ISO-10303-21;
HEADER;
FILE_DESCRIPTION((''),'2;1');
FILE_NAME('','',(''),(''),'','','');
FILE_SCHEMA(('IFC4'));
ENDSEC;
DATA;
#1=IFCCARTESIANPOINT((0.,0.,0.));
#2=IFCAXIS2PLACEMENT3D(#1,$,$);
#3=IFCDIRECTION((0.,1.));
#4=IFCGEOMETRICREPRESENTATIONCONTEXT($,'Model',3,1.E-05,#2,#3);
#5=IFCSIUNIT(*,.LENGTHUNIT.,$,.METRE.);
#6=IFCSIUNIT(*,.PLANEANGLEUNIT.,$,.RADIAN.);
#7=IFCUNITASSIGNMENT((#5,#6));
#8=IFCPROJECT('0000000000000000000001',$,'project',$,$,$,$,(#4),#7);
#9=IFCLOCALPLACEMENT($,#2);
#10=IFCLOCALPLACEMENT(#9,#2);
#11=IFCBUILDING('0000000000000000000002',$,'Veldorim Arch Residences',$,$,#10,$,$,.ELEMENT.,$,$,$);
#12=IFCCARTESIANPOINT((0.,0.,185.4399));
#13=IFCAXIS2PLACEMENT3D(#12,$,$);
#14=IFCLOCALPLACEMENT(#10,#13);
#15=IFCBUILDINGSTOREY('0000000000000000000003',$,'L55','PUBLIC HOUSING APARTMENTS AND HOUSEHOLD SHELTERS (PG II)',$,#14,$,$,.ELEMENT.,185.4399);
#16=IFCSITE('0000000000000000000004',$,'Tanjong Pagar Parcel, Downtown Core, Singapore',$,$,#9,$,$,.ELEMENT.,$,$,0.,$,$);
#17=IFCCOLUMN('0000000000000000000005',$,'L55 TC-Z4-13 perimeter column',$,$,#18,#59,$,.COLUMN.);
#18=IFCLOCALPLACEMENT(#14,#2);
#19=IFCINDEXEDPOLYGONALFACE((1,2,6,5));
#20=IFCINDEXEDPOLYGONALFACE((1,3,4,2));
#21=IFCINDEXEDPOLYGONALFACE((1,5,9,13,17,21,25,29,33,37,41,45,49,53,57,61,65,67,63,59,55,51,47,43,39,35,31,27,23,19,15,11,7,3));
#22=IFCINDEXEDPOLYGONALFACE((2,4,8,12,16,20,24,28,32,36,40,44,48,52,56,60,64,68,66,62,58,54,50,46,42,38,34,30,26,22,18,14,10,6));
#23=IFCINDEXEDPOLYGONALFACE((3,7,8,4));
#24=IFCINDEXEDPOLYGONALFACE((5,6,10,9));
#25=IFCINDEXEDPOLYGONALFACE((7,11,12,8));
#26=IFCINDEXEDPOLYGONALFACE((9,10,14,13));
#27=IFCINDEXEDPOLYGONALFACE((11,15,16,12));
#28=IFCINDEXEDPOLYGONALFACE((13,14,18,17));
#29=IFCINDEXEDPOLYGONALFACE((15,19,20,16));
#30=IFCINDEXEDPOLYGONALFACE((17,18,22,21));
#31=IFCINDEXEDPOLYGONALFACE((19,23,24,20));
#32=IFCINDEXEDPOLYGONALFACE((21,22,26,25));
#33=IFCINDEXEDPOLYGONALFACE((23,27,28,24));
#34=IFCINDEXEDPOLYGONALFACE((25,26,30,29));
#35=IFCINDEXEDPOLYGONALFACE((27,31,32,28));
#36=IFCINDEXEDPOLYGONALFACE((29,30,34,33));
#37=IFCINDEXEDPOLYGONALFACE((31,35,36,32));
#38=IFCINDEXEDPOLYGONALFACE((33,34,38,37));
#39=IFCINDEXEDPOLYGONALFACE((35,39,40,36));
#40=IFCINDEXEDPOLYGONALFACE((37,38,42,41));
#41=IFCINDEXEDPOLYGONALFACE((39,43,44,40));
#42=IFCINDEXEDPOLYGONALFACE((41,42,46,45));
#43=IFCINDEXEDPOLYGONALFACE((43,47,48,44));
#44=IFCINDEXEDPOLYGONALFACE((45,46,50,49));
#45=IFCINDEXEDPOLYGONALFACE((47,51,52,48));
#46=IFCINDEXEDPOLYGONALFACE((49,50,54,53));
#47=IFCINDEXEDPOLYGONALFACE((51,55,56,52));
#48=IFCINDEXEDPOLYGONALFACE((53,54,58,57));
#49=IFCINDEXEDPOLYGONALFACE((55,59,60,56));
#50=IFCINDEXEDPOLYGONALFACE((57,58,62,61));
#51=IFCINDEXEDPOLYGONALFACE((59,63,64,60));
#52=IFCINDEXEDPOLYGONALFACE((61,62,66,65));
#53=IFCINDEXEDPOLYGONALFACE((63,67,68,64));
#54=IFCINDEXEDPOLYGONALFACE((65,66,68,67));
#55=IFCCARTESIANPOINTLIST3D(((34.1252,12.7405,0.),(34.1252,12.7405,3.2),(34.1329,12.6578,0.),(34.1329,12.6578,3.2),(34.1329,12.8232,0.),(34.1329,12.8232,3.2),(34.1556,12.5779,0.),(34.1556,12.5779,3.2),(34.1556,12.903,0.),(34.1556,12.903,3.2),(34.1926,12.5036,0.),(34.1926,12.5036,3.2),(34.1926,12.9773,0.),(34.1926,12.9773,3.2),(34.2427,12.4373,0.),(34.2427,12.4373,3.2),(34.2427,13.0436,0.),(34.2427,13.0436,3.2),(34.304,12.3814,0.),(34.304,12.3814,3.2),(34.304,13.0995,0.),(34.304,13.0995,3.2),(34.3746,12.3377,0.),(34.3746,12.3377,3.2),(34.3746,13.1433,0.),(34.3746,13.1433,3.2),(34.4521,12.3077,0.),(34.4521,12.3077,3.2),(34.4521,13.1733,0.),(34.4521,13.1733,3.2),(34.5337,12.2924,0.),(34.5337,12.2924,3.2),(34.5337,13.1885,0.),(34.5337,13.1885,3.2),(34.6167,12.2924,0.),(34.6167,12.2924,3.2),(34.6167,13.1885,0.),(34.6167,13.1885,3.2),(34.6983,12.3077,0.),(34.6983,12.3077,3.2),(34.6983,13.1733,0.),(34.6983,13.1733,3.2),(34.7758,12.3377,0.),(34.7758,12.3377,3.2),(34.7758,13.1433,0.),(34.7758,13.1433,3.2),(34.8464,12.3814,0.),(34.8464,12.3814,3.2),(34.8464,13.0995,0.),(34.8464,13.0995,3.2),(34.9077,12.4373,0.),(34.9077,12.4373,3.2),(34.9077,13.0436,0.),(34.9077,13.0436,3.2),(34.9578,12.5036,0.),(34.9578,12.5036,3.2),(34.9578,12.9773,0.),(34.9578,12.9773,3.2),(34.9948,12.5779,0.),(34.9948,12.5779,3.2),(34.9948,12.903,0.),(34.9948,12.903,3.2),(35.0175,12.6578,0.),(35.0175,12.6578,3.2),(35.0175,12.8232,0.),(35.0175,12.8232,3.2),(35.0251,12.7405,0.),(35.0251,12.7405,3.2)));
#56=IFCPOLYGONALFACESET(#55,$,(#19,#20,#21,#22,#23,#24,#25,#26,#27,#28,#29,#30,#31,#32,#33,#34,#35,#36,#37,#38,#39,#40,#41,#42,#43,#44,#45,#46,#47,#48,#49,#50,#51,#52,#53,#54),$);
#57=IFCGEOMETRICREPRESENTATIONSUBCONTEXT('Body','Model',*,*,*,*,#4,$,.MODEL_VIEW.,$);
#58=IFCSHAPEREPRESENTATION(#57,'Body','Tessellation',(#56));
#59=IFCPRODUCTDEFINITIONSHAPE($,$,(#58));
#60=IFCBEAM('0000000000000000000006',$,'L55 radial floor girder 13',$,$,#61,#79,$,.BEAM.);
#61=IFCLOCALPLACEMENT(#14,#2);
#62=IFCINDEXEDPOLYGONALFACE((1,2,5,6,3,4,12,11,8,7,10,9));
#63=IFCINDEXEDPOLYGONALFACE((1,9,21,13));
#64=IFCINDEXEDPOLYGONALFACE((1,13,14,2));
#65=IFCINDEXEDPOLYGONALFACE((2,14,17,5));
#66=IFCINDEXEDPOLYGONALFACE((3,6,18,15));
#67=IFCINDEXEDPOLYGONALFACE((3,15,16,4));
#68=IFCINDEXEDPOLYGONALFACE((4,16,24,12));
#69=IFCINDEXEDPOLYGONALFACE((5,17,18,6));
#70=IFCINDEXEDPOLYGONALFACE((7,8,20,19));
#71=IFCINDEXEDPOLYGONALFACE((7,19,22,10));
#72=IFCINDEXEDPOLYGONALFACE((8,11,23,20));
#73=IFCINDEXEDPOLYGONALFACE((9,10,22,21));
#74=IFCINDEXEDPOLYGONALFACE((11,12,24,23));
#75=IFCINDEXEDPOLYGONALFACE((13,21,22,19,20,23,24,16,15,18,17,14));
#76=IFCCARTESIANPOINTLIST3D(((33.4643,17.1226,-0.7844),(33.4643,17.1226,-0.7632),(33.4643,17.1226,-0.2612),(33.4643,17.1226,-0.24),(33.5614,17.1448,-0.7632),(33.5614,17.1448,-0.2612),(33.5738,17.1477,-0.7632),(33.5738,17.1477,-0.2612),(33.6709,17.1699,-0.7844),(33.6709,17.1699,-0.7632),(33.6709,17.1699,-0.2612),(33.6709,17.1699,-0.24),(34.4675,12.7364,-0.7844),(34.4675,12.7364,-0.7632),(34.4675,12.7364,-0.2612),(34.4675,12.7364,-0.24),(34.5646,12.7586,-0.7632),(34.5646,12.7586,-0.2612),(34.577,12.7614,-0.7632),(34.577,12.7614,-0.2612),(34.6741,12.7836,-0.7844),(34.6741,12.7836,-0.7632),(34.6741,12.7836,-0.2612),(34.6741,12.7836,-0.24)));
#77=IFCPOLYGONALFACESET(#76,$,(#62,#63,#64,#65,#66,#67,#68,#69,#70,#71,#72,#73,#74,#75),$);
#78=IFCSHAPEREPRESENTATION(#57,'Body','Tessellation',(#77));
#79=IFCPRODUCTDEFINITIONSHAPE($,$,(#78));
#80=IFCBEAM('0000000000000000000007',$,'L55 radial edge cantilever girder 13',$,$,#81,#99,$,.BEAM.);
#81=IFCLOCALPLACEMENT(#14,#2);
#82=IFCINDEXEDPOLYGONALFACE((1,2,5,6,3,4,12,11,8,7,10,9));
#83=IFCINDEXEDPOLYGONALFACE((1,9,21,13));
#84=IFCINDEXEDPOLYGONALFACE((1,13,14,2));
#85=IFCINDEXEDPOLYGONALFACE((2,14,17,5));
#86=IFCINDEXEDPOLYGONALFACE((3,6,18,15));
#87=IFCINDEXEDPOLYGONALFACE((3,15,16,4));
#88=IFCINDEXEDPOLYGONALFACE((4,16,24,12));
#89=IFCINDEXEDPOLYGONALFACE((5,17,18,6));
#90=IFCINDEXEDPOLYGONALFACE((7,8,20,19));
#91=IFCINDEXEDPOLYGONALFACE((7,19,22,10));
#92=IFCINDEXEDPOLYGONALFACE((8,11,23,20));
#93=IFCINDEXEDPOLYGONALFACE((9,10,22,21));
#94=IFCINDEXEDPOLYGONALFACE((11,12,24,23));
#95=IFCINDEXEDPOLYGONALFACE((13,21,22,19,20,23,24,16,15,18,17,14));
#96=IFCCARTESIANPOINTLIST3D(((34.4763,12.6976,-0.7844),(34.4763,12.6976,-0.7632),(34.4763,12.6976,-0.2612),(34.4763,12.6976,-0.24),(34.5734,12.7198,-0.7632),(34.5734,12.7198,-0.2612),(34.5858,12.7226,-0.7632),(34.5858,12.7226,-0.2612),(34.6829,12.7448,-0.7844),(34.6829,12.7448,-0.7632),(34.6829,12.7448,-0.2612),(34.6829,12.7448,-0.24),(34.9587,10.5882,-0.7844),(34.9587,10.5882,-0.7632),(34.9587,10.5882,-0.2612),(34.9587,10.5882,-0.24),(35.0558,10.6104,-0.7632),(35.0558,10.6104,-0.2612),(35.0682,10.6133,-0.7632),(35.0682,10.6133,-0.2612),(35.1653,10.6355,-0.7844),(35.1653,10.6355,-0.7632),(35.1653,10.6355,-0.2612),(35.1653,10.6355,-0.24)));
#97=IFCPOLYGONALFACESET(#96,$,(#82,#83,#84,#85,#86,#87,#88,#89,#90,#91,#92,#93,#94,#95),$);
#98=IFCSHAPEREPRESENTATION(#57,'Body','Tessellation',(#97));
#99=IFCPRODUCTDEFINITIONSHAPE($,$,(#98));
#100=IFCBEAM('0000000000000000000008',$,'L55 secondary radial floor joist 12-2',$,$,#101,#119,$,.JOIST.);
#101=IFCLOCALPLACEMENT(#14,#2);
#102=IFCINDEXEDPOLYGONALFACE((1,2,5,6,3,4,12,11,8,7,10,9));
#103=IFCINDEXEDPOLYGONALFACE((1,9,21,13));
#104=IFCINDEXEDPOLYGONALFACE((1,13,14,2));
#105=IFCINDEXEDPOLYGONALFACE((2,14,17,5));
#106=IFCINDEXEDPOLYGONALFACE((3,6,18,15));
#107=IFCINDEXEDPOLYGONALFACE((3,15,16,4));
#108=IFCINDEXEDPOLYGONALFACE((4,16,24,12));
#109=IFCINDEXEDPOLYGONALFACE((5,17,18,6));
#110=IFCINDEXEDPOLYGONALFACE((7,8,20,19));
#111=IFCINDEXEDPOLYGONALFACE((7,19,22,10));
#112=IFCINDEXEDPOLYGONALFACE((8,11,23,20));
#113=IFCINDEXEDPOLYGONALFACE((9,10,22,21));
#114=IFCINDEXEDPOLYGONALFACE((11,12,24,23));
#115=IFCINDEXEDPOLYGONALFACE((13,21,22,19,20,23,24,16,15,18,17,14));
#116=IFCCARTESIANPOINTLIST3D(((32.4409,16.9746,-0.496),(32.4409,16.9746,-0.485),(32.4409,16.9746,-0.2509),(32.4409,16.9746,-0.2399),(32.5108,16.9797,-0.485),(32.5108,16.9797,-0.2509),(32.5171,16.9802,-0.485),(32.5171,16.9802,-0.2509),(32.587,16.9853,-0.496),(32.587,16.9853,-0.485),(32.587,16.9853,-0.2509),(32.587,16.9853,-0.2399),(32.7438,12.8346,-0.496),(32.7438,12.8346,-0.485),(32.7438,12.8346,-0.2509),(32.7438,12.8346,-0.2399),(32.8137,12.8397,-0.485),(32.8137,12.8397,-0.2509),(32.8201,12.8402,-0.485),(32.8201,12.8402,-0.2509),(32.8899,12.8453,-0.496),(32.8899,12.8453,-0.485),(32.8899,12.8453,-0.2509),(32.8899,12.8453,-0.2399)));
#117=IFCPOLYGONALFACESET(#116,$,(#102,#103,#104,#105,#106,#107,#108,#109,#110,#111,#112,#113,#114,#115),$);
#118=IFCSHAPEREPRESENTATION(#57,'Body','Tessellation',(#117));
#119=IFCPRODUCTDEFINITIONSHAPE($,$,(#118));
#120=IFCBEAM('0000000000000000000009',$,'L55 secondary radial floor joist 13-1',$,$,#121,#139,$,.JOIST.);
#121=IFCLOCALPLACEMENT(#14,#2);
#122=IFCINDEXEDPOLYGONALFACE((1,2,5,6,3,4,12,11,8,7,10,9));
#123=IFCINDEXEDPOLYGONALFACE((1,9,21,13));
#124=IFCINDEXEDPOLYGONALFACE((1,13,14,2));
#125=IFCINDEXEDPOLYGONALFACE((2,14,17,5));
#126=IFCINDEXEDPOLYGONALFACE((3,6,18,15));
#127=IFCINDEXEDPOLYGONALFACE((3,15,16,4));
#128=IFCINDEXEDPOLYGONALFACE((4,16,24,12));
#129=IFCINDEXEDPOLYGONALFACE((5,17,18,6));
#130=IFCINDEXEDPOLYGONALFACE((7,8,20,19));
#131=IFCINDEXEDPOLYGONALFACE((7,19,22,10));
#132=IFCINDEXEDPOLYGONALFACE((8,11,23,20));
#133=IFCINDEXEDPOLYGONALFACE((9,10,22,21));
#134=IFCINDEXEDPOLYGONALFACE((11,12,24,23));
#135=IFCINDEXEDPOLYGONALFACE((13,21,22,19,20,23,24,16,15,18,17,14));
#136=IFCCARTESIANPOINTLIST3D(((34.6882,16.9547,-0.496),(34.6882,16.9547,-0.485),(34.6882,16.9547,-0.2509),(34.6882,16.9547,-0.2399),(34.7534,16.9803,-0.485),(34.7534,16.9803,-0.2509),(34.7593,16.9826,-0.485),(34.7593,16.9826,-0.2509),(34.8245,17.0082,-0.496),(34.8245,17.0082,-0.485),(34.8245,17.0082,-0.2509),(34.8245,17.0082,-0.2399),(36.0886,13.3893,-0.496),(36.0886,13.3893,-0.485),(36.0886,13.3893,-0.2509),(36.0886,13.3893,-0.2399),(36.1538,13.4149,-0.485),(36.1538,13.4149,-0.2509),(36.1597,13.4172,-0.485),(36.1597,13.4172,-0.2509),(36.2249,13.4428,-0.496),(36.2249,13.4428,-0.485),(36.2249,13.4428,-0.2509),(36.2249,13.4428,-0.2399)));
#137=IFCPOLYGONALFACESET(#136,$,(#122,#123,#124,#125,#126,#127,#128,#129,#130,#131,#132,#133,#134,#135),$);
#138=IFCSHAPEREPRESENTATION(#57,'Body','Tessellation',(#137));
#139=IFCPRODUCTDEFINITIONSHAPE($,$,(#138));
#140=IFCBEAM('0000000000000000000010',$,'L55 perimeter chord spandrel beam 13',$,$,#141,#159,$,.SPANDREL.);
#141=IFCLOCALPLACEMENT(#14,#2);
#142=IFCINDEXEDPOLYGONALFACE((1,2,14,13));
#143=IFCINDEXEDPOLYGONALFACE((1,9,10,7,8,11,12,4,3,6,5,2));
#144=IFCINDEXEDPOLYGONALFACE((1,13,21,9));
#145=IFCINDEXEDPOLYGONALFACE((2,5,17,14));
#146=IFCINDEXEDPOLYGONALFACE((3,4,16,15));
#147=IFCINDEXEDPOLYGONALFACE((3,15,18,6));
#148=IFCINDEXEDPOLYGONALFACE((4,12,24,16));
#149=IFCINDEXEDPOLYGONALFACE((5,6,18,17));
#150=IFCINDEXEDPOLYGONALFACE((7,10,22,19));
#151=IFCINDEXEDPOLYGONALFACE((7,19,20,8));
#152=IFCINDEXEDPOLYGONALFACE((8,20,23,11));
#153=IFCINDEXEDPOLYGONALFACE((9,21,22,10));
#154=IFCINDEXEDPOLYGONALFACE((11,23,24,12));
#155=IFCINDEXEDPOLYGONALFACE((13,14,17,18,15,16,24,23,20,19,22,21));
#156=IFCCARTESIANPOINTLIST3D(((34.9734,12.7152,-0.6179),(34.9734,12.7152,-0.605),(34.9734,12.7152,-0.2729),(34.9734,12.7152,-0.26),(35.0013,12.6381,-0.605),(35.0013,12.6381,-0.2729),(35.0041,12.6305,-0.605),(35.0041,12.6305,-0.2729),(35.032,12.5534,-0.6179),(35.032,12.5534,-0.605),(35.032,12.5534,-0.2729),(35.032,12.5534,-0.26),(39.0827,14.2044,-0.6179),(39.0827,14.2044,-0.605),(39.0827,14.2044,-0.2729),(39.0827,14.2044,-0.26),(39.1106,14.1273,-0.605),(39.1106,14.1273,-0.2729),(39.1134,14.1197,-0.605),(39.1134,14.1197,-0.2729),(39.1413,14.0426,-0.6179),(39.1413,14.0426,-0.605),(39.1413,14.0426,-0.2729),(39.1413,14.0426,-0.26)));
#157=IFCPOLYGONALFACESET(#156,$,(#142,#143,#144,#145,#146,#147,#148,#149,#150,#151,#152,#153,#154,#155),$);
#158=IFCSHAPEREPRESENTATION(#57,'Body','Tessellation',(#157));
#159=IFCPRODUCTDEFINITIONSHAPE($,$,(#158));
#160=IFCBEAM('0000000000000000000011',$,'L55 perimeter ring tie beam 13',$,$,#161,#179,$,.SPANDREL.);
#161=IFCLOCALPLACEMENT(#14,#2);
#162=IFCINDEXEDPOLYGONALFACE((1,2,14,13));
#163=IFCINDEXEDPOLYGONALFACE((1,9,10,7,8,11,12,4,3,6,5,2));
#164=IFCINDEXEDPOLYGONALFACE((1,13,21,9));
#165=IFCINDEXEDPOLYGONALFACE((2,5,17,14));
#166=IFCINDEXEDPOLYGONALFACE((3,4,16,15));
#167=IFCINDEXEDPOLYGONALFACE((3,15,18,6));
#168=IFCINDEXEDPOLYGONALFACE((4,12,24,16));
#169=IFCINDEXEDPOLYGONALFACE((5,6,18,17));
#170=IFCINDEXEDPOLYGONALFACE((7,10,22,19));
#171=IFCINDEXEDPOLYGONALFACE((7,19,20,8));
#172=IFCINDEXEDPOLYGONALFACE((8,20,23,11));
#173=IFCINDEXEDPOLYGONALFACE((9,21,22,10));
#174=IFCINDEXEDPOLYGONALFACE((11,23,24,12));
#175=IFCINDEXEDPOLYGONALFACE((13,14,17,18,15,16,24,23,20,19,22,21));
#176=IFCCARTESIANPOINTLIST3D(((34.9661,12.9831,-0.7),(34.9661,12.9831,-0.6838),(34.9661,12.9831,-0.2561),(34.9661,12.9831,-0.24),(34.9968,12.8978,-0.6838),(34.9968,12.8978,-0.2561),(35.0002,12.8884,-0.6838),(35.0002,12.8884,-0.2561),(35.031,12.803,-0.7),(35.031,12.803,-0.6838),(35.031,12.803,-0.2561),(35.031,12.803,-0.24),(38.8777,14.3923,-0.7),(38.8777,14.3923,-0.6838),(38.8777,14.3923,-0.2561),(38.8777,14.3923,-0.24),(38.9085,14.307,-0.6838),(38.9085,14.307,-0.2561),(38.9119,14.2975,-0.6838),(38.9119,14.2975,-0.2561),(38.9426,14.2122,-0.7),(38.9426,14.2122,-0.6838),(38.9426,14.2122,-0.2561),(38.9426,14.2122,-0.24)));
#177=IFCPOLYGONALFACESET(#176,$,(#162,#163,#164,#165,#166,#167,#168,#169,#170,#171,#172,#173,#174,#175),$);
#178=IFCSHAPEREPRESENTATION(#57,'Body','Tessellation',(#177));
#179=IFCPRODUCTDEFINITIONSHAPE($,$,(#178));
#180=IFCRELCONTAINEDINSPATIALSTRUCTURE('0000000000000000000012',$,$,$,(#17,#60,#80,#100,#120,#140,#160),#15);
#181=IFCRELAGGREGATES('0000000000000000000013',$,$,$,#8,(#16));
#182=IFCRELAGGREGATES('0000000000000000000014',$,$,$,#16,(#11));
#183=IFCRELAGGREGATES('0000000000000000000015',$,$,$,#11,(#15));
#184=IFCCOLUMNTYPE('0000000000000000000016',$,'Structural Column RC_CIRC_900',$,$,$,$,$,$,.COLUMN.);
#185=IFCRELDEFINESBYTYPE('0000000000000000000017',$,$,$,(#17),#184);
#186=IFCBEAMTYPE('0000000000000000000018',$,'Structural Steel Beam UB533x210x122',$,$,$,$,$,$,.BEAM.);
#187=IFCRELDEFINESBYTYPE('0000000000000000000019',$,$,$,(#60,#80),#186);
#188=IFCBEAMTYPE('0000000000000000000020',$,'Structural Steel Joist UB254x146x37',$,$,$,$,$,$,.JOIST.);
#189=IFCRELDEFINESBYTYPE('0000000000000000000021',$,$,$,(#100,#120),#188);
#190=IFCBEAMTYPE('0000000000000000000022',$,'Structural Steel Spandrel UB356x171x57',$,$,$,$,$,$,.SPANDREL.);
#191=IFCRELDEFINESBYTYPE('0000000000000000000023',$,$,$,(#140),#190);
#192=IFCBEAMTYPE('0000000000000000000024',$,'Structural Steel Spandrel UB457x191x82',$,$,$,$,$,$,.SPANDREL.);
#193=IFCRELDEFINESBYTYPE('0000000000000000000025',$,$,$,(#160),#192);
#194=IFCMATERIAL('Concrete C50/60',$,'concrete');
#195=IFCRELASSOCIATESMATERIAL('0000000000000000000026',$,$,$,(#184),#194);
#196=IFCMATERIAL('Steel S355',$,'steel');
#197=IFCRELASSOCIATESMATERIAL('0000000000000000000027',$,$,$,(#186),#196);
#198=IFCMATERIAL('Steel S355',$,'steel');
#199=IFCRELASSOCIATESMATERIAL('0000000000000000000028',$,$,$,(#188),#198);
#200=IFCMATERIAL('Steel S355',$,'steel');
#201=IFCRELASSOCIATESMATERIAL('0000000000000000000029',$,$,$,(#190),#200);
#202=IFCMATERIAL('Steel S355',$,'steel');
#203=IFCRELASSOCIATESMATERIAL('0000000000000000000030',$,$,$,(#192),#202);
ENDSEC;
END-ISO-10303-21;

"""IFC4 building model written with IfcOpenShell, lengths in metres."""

from ifc_helpers import new_model, si_unit, direction, frame, origin, origin_2d, place, context, subcontext, project, spatial, circle, i_section, extrude, material, material_profile, profile_set, type_object, element, save


model = new_model("IFC4")

# Units and contexts
model_context = context("Model", 3, precision=1e-05, world=origin(), true_north=direction((0.0, 1.0)))
body_context = subcontext(model_context, "Body", "Model", "MODEL_VIEW")
ifc_project = project(units=[si_unit("LENGTHUNIT", "METRE"), si_unit("PLANEANGLEUNIT", "RADIAN")], contexts=[model_context])

# Site, building, storey
site_placement = place(None, origin())
site = spatial("IfcSite", under=ifc_project, at=site_placement, Name="Tanjong Pagar Parcel, Downtown Core, Singapore", CompositionType="ELEMENT", RefElevation=0.0)
building_placement = place(site_placement, origin())
building = spatial("IfcBuilding", under=site, at=building_placement, Name="Veldorim Arch Residences", CompositionType="ELEMENT")
storey_placement = place(building_placement, frame((0.0, 0.0, 185.4399)))
storey = spatial("IfcBuildingStorey", under=building, at=storey_placement, Name="L55", Description="PUBLIC HOUSING APARTMENTS AND HOUSEHOLD SHELTERS (PG II)", CompositionType="ELEMENT", Elevation=185.4399)

# Column
ifc_material_1 = material(Name="Concrete C50/60", Category="concrete")
ifc_material_profile_1 = material_profile(ifc_material_1, circle(Radius=0.45, at=origin_2d()), Name="RC_CIRC_900")
ifc_profile_set_1 = profile_set([ifc_material_profile_1], Name="Concrete C50/60")
column_type = type_object("IfcColumnType", Name="Structural Column RC_CIRC_900", PredefinedType="COLUMN", material=ifc_profile_set_1)
column_placement = place(storey_placement, frame((34.5752, 12.7405, 0.0), z_axis=(0.0, 0.0, 1.0), x_axis=(1.0, 0.0, 0.0)))
element("IfcColumn", 1, at=column_placement, inside=storey, type_object=column_type, Name="L55 TC-Z4-13 perimeter column", PredefinedType="COLUMN", context=body_context, shape_type="SweptSolid", body=[
    extrude(circle(Radius=0.45, at=origin_2d()), origin(), (0.0, 0.0, 1.0), 3.2),
])

# Beams
ifc_material_2 = material(Name="Steel S355", Category="steel")
ifc_material_profile_2 = material_profile(ifc_material_2, i_section(OverallWidth=0.2119, OverallDepth=0.5444, WebThickness=0.0127, FlangeThickness=0.0212, at=origin_2d()), Name="UB533x210x122")
ifc_profile_set_2 = profile_set([ifc_material_profile_2], Name="Steel S355")
beam_type_1 = type_object("IfcBeamType", Name="Structural Steel Beam UB533x210x122", PredefinedType="BEAM", material=ifc_profile_set_2)
beam_1_placement = place(storey_placement, frame((33.5676, 17.1462, -0.5122), z_axis=(0.222953, -0.974829, 0.0), x_axis=(0.974829, 0.222953, 0.0)))
element("IfcBeam", 2, at=beam_1_placement, inside=storey, type_object=beam_type_1, Name="L55 radial floor girder 13", PredefinedType="BEAM", context=body_context, shape_type="SweptSolid", body=[
    extrude(i_section(OverallWidth=0.2119, OverallDepth=0.5444, WebThickness=0.0127, FlangeThickness=0.0212, at=origin_2d()), origin(), (0.0, 0.0, 1.0), 4.4995),
])
beam_2_placement = place(storey_placement, frame((34.5796, 12.7212, -0.5122), z_axis=(0.222947, -0.97483, 0.0), x_axis=(0.97483, 0.222947, 0.0)))
element("IfcBeam", 3, at=beam_2_placement, inside=storey, type_object=beam_type_1, Name="L55 radial edge cantilever girder 13", PredefinedType="BEAM", context=body_context, shape_type="SweptSolid", body=[
    extrude(i_section(OverallWidth=0.2119, OverallDepth=0.5444, WebThickness=0.0127, FlangeThickness=0.0212, at=origin_2d()), origin(), (0.0, 0.0, 1.0), 2.1638),
])
ifc_material_3 = material(Name="Steel S355", Category="steel")
ifc_material_profile_3 = material_profile(ifc_material_3, i_section(OverallWidth=0.1465, OverallDepth=0.2561, WebThickness=0.0063, FlangeThickness=0.011, at=origin_2d()), Name="UB254x146x37")
ifc_profile_set_3 = profile_set([ifc_material_profile_3], Name="Steel S355")
beam_type_2 = type_object("IfcBeamType", Name="Structural Steel Joist UB254x146x37", PredefinedType="JOIST", material=ifc_profile_set_3)
beam_3_placement = place(storey_placement, frame((32.5139, 16.98, -0.3679), z_axis=(0.072986, -0.997333, 0.0), x_axis=(0.997333, 0.072986, 0.0)))
element("IfcBeam", 4, at=beam_3_placement, inside=storey, type_object=beam_type_2, Name="L55 secondary radial floor joist 12-2", PredefinedType="JOIST", context=body_context, shape_type="SweptSolid", body=[
    extrude(i_section(OverallWidth=0.1465, OverallDepth=0.2561, WebThickness=0.0063, FlangeThickness=0.011, at=origin_2d()), origin(), (0.0, 0.0, 1.0), 4.1511),
])
beam_4_placement = place(storey_placement, frame((34.7563, 16.9814, -0.3679), z_axis=(0.365581, -0.930779, 0.0), x_axis=(0.930779, 0.365581, 0.0)))
element("IfcBeam", 5, at=beam_4_placement, inside=storey, type_object=beam_type_2, Name="L55 secondary radial floor joist 13-1", PredefinedType="JOIST", context=body_context, shape_type="SweptSolid", body=[
    extrude(i_section(OverallWidth=0.1465, OverallDepth=0.2561, WebThickness=0.0063, FlangeThickness=0.011, at=origin_2d()), origin(), (0.0, 0.0, 1.0), 3.8306),
])
ifc_material_4 = material(Name="Steel S355", Category="steel")
ifc_material_profile_4 = material_profile(ifc_material_4, i_section(OverallWidth=0.1721, OverallDepth=0.3579, WebThickness=0.0081, FlangeThickness=0.0129, at=origin_2d()), Name="UB356x171x57")
ifc_profile_set_4 = profile_set([ifc_material_profile_4], Name="Steel S355")
beam_type_3 = type_object("IfcBeamType", Name="Structural Steel Spandrel UB356x171x57", PredefinedType="SPANDREL", material=ifc_profile_set_4)
beam_5_placement = place(storey_placement, frame((35.0027, 12.6343, -0.439), z_axis=(0.940165, 0.34072, 0.0), x_axis=(-0.34072, 0.940165, 0.0)))
element("IfcBeam", 6, at=beam_5_placement, inside=storey, type_object=beam_type_3, Name="L55 perimeter chord spandrel beam 13", PredefinedType="SPANDREL", context=body_context, shape_type="SweptSolid", body=[
    extrude(i_section(OverallWidth=0.1721, OverallDepth=0.3579, WebThickness=0.0081, FlangeThickness=0.0129, at=origin_2d()), origin(), (0.0, 0.0, 1.0), 4.3708),
])
ifc_material_5 = material(Name="Steel S355", Category="steel")
ifc_material_profile_5 = material_profile(ifc_material_5, i_section(OverallWidth=0.1914, OverallDepth=0.46, WebThickness=0.01, FlangeThickness=0.0161, at=origin_2d()), Name="UB457x191x82")
ifc_profile_set_5 = profile_set([ifc_material_profile_5], Name="Steel S355")
beam_type_4 = type_object("IfcBeamType", Name="Structural Steel Spandrel UB457x191x82", PredefinedType="SPANDREL", material=ifc_profile_set_5)
beam_6_placement = place(storey_placement, frame((34.9985, 12.8931, -0.47), z_axis=(0.940811, 0.338932, 0.0), x_axis=(-0.338932, 0.940811, 0.0)))
element("IfcBeam", 7, at=beam_6_placement, inside=storey, type_object=beam_type_4, Name="L55 perimeter ring tie beam 13", PredefinedType="SPANDREL", context=body_context, shape_type="SweptSolid", body=[
    extrude(i_section(OverallWidth=0.1914, OverallDepth=0.46, WebThickness=0.01, FlangeThickness=0.0161, at=origin_2d()), origin(), (0.0, 0.0, 1.0), 4.1577),
])

save(model, "model.ifc")
